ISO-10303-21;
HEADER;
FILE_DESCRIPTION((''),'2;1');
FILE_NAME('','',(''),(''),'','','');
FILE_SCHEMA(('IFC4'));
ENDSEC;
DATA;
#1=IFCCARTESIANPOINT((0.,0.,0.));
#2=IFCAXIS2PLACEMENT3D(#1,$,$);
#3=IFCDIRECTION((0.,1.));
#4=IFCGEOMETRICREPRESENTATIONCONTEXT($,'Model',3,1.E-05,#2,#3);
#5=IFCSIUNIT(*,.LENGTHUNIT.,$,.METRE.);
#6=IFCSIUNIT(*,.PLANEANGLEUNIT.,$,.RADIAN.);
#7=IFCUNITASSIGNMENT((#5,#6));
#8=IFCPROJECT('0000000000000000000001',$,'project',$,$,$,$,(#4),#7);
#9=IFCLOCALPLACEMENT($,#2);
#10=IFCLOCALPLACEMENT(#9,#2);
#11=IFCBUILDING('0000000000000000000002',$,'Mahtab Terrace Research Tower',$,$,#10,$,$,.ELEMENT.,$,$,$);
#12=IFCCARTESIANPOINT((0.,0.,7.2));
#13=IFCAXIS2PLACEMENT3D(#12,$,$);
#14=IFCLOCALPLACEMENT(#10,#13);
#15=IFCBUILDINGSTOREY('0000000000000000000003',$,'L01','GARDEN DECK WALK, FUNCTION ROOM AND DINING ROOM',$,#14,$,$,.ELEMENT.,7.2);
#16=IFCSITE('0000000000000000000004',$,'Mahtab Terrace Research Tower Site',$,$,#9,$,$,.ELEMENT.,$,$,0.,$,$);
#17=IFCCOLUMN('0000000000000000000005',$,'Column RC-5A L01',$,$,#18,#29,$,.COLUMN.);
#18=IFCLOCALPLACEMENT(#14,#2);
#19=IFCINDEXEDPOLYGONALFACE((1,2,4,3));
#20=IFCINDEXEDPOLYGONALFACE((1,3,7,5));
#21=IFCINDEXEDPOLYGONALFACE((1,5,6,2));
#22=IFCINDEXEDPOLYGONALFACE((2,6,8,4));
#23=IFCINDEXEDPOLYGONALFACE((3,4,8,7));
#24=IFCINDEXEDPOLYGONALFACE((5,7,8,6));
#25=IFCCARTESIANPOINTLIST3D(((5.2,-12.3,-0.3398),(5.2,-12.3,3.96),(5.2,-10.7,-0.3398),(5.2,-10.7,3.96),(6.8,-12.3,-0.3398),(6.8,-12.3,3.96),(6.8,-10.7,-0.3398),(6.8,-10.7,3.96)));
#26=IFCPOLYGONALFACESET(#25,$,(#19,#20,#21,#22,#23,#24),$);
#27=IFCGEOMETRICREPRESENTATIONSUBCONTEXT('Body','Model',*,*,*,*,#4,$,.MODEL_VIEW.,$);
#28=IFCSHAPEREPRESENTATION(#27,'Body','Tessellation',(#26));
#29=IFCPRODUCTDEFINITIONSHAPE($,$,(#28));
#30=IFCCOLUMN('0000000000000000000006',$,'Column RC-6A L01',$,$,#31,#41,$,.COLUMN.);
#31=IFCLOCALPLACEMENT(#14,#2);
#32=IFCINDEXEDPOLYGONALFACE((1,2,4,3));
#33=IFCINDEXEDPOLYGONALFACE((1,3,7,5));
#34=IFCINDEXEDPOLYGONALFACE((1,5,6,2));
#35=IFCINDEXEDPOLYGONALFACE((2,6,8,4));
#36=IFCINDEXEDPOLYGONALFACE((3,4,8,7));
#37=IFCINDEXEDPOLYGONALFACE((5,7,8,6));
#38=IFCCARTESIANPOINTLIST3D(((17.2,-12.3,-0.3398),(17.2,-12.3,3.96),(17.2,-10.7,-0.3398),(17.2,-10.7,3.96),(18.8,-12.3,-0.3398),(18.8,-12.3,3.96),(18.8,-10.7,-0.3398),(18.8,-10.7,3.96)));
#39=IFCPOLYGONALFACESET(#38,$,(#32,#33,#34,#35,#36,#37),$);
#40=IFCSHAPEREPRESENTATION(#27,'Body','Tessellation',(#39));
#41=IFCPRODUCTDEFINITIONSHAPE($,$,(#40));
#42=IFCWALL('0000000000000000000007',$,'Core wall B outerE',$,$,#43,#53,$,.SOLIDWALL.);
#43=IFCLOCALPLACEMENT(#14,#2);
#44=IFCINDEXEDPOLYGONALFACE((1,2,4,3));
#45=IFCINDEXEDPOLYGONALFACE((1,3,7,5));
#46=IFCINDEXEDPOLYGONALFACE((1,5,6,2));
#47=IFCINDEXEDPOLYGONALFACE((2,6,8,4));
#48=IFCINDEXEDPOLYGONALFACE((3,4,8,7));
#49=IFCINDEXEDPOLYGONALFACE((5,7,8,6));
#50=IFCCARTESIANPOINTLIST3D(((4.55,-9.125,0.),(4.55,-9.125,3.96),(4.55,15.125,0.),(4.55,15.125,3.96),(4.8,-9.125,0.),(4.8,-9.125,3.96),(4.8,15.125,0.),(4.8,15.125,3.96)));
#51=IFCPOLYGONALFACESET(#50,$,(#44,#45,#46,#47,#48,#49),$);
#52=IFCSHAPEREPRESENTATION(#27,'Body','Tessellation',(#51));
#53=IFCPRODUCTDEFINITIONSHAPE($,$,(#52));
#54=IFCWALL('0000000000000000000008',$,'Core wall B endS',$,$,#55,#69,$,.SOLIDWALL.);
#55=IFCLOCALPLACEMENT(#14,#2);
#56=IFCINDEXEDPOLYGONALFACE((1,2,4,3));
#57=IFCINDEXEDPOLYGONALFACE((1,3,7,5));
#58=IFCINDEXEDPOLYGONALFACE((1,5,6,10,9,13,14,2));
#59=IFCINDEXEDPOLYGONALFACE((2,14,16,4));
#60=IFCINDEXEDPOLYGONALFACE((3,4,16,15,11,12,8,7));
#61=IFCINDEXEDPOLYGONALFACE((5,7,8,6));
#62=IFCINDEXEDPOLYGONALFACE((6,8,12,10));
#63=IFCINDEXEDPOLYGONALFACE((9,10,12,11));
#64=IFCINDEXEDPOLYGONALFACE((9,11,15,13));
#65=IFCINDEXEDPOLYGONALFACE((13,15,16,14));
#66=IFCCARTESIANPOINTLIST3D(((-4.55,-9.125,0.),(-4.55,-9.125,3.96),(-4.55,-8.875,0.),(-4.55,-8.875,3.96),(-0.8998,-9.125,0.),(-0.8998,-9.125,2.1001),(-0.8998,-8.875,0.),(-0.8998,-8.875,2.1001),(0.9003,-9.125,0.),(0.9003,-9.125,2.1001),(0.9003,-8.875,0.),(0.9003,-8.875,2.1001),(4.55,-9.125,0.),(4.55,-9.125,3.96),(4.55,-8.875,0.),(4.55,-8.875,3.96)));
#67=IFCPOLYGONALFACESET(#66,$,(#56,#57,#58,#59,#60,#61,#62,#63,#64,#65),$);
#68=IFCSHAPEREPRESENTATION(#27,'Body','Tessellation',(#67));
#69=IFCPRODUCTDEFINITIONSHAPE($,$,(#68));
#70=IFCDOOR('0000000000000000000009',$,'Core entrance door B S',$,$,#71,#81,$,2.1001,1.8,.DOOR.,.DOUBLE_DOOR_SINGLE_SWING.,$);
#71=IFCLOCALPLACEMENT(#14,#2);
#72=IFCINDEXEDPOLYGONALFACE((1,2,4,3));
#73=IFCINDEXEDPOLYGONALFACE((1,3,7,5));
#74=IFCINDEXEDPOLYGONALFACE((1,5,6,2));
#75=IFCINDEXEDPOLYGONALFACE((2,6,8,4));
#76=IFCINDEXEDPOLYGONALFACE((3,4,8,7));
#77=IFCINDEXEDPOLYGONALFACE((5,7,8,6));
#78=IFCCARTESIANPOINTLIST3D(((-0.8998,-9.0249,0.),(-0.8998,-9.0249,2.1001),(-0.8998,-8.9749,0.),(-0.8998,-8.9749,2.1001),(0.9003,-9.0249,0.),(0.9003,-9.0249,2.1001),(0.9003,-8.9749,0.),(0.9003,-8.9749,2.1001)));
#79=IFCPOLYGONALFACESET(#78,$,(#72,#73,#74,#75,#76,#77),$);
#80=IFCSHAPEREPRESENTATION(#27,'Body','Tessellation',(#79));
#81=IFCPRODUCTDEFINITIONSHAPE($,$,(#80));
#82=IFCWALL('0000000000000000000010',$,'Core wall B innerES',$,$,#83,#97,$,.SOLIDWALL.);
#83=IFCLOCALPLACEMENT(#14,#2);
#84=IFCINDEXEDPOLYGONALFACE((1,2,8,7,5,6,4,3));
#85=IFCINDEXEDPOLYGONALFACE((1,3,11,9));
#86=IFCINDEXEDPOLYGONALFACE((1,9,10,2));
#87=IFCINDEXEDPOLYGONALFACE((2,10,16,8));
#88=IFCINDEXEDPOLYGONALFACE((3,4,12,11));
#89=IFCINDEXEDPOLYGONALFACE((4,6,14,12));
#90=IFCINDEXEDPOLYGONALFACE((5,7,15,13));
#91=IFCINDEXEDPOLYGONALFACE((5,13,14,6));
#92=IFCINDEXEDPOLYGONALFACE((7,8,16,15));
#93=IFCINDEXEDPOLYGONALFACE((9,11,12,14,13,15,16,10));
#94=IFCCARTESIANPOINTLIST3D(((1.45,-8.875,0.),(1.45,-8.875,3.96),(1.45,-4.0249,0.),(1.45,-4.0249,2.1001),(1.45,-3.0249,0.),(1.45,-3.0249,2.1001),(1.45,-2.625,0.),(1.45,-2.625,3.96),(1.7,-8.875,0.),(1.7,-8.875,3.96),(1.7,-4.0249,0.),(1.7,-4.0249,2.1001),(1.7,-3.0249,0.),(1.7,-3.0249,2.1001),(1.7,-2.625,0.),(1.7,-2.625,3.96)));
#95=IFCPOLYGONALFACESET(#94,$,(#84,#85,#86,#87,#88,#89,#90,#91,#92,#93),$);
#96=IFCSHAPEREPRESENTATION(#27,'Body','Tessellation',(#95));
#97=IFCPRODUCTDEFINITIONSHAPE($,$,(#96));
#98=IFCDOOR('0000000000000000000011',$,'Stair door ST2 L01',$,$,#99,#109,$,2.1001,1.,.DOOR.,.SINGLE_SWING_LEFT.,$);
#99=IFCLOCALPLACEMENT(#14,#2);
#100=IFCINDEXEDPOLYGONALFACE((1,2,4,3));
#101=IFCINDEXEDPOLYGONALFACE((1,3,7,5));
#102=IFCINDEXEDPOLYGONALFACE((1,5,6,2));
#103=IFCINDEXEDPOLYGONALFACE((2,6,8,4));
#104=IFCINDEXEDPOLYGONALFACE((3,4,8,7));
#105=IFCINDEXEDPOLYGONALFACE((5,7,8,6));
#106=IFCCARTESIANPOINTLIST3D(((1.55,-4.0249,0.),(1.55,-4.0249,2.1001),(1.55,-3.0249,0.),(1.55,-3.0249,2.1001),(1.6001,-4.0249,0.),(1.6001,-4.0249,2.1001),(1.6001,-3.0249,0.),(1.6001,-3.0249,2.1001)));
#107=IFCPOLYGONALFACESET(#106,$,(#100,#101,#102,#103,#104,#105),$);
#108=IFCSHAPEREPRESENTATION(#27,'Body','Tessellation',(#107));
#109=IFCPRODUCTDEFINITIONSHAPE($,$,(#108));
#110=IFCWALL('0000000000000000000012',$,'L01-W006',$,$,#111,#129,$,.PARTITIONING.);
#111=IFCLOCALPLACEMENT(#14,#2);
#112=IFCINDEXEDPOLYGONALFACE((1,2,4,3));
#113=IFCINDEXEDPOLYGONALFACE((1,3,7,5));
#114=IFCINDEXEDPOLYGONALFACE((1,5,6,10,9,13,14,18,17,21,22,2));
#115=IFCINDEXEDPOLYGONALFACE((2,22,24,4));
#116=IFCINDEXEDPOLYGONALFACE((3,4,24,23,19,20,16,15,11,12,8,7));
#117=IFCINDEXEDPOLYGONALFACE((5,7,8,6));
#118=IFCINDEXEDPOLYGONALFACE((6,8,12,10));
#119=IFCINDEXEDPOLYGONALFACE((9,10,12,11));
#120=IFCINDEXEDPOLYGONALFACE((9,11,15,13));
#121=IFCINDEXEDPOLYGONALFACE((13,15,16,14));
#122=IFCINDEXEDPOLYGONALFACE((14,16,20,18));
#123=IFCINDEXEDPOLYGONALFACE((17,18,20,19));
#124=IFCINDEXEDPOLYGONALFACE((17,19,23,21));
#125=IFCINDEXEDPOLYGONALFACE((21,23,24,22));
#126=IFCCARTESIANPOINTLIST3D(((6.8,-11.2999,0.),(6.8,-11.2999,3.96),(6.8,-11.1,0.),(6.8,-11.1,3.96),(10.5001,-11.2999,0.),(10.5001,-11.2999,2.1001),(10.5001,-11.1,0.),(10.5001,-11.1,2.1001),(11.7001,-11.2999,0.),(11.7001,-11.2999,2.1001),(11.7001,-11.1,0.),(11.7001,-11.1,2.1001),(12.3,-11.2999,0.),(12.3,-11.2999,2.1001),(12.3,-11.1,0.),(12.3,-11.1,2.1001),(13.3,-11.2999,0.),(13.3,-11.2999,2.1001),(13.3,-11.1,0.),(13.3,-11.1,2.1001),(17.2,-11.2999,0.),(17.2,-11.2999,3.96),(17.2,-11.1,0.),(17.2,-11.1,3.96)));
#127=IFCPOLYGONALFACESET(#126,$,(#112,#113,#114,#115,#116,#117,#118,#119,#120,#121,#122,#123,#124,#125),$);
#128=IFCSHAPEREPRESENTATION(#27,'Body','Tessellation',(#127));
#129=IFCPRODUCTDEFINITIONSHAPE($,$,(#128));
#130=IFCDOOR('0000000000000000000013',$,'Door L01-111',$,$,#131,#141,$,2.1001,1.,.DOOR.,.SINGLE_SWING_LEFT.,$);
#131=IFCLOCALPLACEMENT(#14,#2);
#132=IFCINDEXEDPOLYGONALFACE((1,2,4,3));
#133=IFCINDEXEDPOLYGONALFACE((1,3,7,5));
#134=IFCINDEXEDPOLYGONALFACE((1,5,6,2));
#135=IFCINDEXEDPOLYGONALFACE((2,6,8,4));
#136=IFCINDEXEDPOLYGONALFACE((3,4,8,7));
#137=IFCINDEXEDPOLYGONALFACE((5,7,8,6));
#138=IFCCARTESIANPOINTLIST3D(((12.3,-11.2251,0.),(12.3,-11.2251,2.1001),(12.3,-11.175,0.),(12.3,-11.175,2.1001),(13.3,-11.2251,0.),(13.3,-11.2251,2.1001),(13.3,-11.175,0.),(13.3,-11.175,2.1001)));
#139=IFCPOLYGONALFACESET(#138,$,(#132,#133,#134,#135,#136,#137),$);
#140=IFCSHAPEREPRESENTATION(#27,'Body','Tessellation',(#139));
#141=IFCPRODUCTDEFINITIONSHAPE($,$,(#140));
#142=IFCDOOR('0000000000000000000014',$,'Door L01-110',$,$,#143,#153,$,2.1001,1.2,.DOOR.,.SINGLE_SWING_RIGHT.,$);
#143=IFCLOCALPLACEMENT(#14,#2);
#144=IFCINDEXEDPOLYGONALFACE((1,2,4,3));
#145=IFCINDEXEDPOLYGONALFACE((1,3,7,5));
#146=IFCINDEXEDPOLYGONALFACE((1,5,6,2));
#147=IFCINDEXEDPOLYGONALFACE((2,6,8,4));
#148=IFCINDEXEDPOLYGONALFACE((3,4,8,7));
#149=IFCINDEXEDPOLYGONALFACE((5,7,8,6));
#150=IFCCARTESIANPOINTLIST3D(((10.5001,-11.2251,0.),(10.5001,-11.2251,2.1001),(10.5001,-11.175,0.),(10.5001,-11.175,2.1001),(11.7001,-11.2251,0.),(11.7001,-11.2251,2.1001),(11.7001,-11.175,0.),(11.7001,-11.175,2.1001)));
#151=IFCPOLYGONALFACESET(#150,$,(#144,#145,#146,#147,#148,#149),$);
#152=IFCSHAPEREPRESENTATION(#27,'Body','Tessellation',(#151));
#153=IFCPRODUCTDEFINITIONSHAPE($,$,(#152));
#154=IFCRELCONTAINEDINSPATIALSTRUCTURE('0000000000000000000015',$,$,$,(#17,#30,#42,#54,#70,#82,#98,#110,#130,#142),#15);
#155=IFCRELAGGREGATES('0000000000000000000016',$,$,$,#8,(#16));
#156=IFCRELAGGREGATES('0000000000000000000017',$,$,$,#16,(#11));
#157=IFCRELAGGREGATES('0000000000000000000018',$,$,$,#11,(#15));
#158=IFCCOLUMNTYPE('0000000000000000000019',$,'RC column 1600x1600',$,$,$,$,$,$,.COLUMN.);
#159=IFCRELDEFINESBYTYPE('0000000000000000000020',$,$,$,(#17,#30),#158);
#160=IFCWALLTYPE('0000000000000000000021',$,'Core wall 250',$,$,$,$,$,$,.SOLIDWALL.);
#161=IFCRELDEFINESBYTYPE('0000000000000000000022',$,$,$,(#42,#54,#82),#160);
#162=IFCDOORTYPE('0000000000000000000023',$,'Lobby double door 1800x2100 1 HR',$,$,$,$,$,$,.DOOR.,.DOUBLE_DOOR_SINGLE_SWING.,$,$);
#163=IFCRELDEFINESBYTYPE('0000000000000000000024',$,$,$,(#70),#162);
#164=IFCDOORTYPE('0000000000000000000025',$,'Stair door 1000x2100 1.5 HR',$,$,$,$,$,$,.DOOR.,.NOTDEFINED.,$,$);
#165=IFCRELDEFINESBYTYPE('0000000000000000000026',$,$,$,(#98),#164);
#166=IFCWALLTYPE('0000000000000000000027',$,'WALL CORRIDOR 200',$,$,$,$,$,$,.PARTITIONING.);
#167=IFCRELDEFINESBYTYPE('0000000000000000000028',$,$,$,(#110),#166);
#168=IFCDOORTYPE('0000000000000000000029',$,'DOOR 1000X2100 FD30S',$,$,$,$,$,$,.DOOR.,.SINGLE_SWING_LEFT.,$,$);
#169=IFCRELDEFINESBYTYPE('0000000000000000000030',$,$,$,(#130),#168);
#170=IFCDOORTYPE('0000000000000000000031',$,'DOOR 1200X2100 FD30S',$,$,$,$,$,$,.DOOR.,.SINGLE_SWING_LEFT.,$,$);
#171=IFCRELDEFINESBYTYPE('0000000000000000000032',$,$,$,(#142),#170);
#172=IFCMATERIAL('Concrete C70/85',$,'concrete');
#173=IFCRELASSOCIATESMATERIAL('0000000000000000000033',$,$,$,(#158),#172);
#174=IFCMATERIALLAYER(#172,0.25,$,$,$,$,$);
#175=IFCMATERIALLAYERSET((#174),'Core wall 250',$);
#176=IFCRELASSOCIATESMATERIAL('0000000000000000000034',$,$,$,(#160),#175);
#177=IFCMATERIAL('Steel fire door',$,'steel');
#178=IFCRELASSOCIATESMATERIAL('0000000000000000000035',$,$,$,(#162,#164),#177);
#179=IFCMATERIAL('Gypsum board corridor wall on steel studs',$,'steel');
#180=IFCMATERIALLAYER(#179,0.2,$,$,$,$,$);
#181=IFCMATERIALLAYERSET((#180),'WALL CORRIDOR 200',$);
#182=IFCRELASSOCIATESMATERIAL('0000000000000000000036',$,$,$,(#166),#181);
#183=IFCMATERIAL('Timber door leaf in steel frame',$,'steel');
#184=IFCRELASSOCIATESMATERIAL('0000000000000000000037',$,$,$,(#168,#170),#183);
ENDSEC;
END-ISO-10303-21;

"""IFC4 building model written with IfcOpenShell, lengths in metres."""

from ifc_helpers import new_model, si_unit, direction, frame, frame_2d, origin, origin_2d, place, context, subcontext, project, spatial, rectangle, extrude, material, layer, layer_set, material_profile, profile_set, type_object, element, fill, save


model = new_model("IFC4")

# Units and contexts
model_context = context("Model", 3, precision=1e-05, world=origin(), true_north=direction((0.0, 1.0)))
body_context = subcontext(model_context, "Body", "Model", "MODEL_VIEW")
ifc_project = project(units=[si_unit("LENGTHUNIT", "METRE"), si_unit("PLANEANGLEUNIT", "RADIAN")], contexts=[model_context])

# Site, building, storey
site_placement = place(None, origin())
site = spatial("IfcSite", under=ifc_project, at=site_placement, Name="Mahtab Terrace Research Tower Site", CompositionType="ELEMENT", RefElevation=0.0)
building_placement = place(site_placement, origin())
building = spatial("IfcBuilding", under=site, at=building_placement, Name="Mahtab Terrace Research Tower", CompositionType="ELEMENT")
storey_placement = place(building_placement, frame((0.0, 0.0, 7.2)))
storey = spatial("IfcBuildingStorey", under=building, at=storey_placement, Name="L01", Description="GARDEN DECK WALK, FUNCTION ROOM AND DINING ROOM", CompositionType="ELEMENT", Elevation=7.2)

# Columns
ifc_material_1 = material(Name="Concrete C70/85", Category="concrete")
ifc_material_profile = material_profile(ifc_material_1, rectangle(XDim=1.6001, YDim=1.6001, at=origin_2d()), Name="RC column 1600x1600")
ifc_profile_set = profile_set([ifc_material_profile], Name="Concrete C70/85")
column_type = type_object("IfcColumnType", Name="RC column 1600x1600", PredefinedType="COLUMN", material=ifc_profile_set)
for number, where, z_axis, x_axis, name in (
    (1, (6.0, -11.5, -0.3398), (0.0, 0.0, 1.0), (1.0, 0.0, 0.0), "Column RC-5A L01"),
    (2, (18.0, -11.5, -0.3398), (0.0, 0.0, 1.0), (1.0, 0.0, 0.0), "Column RC-6A L01"),
):
    element("IfcColumn", number, at=place(storey_placement, frame(where, z_axis=z_axis, x_axis=x_axis)), inside=storey, type_object=column_type, Name=name, PredefinedType="COLUMN", context=body_context, shape_type="SweptSolid", body=[
        extrude(rectangle(XDim=1.6001, YDim=1.6001, at=origin_2d()), origin(), (0.0, 0.0, 1.0), 4.2998),
    ])

# Wall
ifc_layer_1 = layer(ifc_material_1, 0.25)
ifc_layer_set_1 = layer_set([ifc_layer_1], Name="Core wall 250")
wall_type_1 = type_object("IfcWallType", Name="Core wall 250", PredefinedType="SOLIDWALL", material=ifc_layer_set_1)
wall_1_placement = place(storey_placement, frame((4.675, -9.125, 0.0), z_axis=(0.0, 0.0, 1.0), x_axis=(0.0, 1.0, 0.0)))
element("IfcWall", 3, at=wall_1_placement, inside=storey, type_object=wall_type_1, Name="Core wall B outerE", PredefinedType="SOLIDWALL", context=body_context, shape_type="SweptSolid", body=[
    extrude(rectangle(XDim=24.25, YDim=0.25, at=frame_2d((12.125, 0.0))), origin(), (0.0, 0.0, 1.0), 3.96),
])

# Walls, openings, doors
wall_2_placement = place(storey_placement, frame((4.55, -9.0, 0.0), z_axis=(0.0, 0.0, 1.0), x_axis=(-1.0, 0.0, 0.0)))
wall_2 = element("IfcWall", 4, at=wall_2_placement, inside=storey, type_object=wall_type_1, Name="Core wall B endS", PredefinedType="SOLIDWALL", context=body_context, shape_type="SweptSolid", body=[
    extrude(rectangle(XDim=9.1001, YDim=0.25, at=frame_2d((4.55, 0.0))), origin(), (0.0, 0.0, 1.0), 3.96),
])
opening_1_placement = place(wall_2_placement, frame((3.6499, 0.0, 0.0)))
opening_1 = element("IfcOpeningElement", 5, at=opening_1_placement, cuts=wall_2, PredefinedType="OPENING", context=body_context, shape_type="SweptSolid", body=[
    extrude(rectangle(XDim=1.8, YDim=2.1001, at=frame_2d((0.8999, 1.05))), frame((0.0, 0.135, 0.0), z_axis=(0.0, -1.0, 0.0), x_axis=(1.0, 0.0, 0.0)), (0.0, 0.0, 1.0), 0.27),
])
ifc_material_2 = material(Name="Steel fire door", Category="steel")
door_type_1 = type_object("IfcDoorType", Name="Lobby double door 1800x2100 1 HR", OperationType="DOUBLE_DOOR_SINGLE_SWING", PredefinedType="DOOR", material=ifc_material_2)
door_1_placement = place(opening_1_placement, origin())
door_1 = element("IfcDoor", 6, at=door_1_placement, inside=storey, type_object=door_type_1, Name="Core entrance door B S", OperationType="DOUBLE_DOOR_SINGLE_SWING", OverallHeight=2.1001, OverallWidth=1.8, PredefinedType="DOOR", context=body_context, shape_type="SweptSolid", body=[
    extrude(rectangle(XDim=1.8, YDim=2.1001, at=frame_2d((0.8999, 1.05))), frame((0.0, 0.0249, 0.0), z_axis=(0.0, -1.0, 0.0), x_axis=(1.0, 0.0, 0.0)), (0.0, 0.0, 1.0), 0.05),
])
fill(opening_1, door_1)
wall_3_placement = place(storey_placement, frame((1.575, -8.875, 0.0), z_axis=(0.0, 0.0, 1.0), x_axis=(0.0, 1.0, 0.0)))
wall_3 = element("IfcWall", 7, at=wall_3_placement, inside=storey, type_object=wall_type_1, Name="Core wall B innerES", PredefinedType="SOLIDWALL", context=body_context, shape_type="SweptSolid", body=[
    extrude(rectangle(XDim=6.25, YDim=0.25, at=frame_2d((3.125, 0.0))), origin(), (0.0, 0.0, 1.0), 3.96),
])
opening_2_placement = place(wall_3_placement, frame((4.8501, 0.0, 0.0)))
opening_2 = element("IfcOpeningElement", 8, at=opening_2_placement, cuts=wall_3, PredefinedType="OPENING", context=body_context, shape_type="SweptSolid", body=[
    extrude(rectangle(XDim=1.0, YDim=2.1001, at=frame_2d((0.5, 1.05))), frame((0.0, 0.135, 0.0), z_axis=(0.0, -1.0, 0.0), x_axis=(1.0, 0.0, 0.0)), (0.0, 0.0, 1.0), 0.27),
])
door_type_2 = type_object("IfcDoorType", Name="Stair door 1000x2100 1.5 HR", OperationType="NOTDEFINED", PredefinedType="DOOR", material=ifc_material_2)
door_2_placement = place(opening_2_placement, origin())
door_2 = element("IfcDoor", 9, at=door_2_placement, inside=storey, type_object=door_type_2, Name="Stair door ST2 L01", OperationType="SINGLE_SWING_LEFT", OverallHeight=2.1001, OverallWidth=1.0, PredefinedType="DOOR", context=body_context, shape_type="SweptSolid", body=[
    extrude(rectangle(XDim=1.0, YDim=2.1001, at=frame_2d((0.5, 1.05))), frame((0.0, 0.0249, 0.0), z_axis=(0.0, -1.0, 0.0), x_axis=(1.0, 0.0, 0.0)), (0.0, 0.0, 1.0), 0.05),
])
fill(opening_2, door_2)

# Wall, openings, doors
ifc_material_3 = material(Name="Gypsum board corridor wall on steel studs", Category="steel")
ifc_layer_2 = layer(ifc_material_3, 0.2)
ifc_layer_set_2 = layer_set([ifc_layer_2], Name="WALL CORRIDOR 200")
wall_type_2 = type_object("IfcWallType", Name="WALL CORRIDOR 200", PredefinedType="PARTITIONING", material=ifc_layer_set_2)
wall_4_placement = place(storey_placement, frame((6.8, -11.2, 0.0), z_axis=(0.0, 0.0, 1.0), x_axis=(1.0, 0.0, 0.0)))
wall_4 = element("IfcWall", 10, at=wall_4_placement, inside=storey, type_object=wall_type_2, Name="L01-W006", PredefinedType="PARTITIONING", context=body_context, shape_type="SweptSolid", body=[
    extrude(rectangle(XDim=10.3999, YDim=0.2, at=frame_2d((5.2, 0.0))), origin(), (0.0, 0.0, 1.0), 3.96),
])
opening_3_placement = place(wall_4_placement, frame((3.7, 0.0, 0.0)))
opening_3 = element("IfcOpeningElement", 11, at=opening_3_placement, cuts=wall_4, PredefinedType="OPENING", context=body_context, shape_type="SweptSolid", body=[
    extrude(rectangle(XDim=1.2, YDim=2.1001, at=frame_2d((0.6001, 1.05))), frame((0.0, 0.1099, 0.0), z_axis=(0.0, -1.0, 0.0), x_axis=(1.0, 0.0, 0.0)), (0.0, 0.0, 1.0), 0.22),
])
opening_4_placement = place(wall_4_placement, frame((5.5, 0.0, 0.0)))
opening_4 = element("IfcOpeningElement", 12, at=opening_4_placement, cuts=wall_4, PredefinedType="OPENING", context=body_context, shape_type="SweptSolid", body=[
    extrude(rectangle(XDim=1.0, YDim=2.1001, at=frame_2d((0.5, 1.05))), frame((0.0, 0.1099, 0.0), z_axis=(0.0, -1.0, 0.0), x_axis=(1.0, 0.0, 0.0)), (0.0, 0.0, 1.0), 0.22),
])
ifc_material_4 = material(Name="Timber door leaf in steel frame", Category="steel")
door_type_3 = type_object("IfcDoorType", Name="DOOR 1000X2100 FD30S", OperationType="SINGLE_SWING_LEFT", PredefinedType="DOOR", material=ifc_material_4)
door_3_placement = place(opening_4_placement, origin())
door_3 = element("IfcDoor", 13, at=door_3_placement, inside=storey, type_object=door_type_3, Name="Door L01-111", OperationType="SINGLE_SWING_LEFT", OverallHeight=2.1001, OverallWidth=1.0, PredefinedType="DOOR", context=body_context, shape_type="SweptSolid", body=[
    extrude(rectangle(XDim=1.0, YDim=2.1001, at=frame_2d((0.5, 1.05))), frame((0.0, 0.0249, 0.0), z_axis=(0.0, -1.0, 0.0), x_axis=(1.0, 0.0, 0.0)), (0.0, 0.0, 1.0), 0.05),
])
fill(opening_4, door_3)
door_type_4 = type_object("IfcDoorType", Name="DOOR 1200X2100 FD30S", OperationType="SINGLE_SWING_LEFT", PredefinedType="DOOR", material=ifc_material_4)
door_4_placement = place(opening_3_placement, origin())
door_4 = element("IfcDoor", 14, at=door_4_placement, inside=storey, type_object=door_type_4, Name="Door L01-110", OperationType="SINGLE_SWING_RIGHT", OverallHeight=2.1001, OverallWidth=1.2, PredefinedType="DOOR", context=body_context, shape_type="SweptSolid", body=[
    extrude(rectangle(XDim=1.2, YDim=2.1001, at=frame_2d((0.6001, 1.05))), frame((0.0, 0.0249, 0.0), z_axis=(0.0, -1.0, 0.0), x_axis=(1.0, 0.0, 0.0)), (0.0, 0.0, 1.0), 0.05),
])
fill(opening_3, door_4)

save(model, "model.ifc")
